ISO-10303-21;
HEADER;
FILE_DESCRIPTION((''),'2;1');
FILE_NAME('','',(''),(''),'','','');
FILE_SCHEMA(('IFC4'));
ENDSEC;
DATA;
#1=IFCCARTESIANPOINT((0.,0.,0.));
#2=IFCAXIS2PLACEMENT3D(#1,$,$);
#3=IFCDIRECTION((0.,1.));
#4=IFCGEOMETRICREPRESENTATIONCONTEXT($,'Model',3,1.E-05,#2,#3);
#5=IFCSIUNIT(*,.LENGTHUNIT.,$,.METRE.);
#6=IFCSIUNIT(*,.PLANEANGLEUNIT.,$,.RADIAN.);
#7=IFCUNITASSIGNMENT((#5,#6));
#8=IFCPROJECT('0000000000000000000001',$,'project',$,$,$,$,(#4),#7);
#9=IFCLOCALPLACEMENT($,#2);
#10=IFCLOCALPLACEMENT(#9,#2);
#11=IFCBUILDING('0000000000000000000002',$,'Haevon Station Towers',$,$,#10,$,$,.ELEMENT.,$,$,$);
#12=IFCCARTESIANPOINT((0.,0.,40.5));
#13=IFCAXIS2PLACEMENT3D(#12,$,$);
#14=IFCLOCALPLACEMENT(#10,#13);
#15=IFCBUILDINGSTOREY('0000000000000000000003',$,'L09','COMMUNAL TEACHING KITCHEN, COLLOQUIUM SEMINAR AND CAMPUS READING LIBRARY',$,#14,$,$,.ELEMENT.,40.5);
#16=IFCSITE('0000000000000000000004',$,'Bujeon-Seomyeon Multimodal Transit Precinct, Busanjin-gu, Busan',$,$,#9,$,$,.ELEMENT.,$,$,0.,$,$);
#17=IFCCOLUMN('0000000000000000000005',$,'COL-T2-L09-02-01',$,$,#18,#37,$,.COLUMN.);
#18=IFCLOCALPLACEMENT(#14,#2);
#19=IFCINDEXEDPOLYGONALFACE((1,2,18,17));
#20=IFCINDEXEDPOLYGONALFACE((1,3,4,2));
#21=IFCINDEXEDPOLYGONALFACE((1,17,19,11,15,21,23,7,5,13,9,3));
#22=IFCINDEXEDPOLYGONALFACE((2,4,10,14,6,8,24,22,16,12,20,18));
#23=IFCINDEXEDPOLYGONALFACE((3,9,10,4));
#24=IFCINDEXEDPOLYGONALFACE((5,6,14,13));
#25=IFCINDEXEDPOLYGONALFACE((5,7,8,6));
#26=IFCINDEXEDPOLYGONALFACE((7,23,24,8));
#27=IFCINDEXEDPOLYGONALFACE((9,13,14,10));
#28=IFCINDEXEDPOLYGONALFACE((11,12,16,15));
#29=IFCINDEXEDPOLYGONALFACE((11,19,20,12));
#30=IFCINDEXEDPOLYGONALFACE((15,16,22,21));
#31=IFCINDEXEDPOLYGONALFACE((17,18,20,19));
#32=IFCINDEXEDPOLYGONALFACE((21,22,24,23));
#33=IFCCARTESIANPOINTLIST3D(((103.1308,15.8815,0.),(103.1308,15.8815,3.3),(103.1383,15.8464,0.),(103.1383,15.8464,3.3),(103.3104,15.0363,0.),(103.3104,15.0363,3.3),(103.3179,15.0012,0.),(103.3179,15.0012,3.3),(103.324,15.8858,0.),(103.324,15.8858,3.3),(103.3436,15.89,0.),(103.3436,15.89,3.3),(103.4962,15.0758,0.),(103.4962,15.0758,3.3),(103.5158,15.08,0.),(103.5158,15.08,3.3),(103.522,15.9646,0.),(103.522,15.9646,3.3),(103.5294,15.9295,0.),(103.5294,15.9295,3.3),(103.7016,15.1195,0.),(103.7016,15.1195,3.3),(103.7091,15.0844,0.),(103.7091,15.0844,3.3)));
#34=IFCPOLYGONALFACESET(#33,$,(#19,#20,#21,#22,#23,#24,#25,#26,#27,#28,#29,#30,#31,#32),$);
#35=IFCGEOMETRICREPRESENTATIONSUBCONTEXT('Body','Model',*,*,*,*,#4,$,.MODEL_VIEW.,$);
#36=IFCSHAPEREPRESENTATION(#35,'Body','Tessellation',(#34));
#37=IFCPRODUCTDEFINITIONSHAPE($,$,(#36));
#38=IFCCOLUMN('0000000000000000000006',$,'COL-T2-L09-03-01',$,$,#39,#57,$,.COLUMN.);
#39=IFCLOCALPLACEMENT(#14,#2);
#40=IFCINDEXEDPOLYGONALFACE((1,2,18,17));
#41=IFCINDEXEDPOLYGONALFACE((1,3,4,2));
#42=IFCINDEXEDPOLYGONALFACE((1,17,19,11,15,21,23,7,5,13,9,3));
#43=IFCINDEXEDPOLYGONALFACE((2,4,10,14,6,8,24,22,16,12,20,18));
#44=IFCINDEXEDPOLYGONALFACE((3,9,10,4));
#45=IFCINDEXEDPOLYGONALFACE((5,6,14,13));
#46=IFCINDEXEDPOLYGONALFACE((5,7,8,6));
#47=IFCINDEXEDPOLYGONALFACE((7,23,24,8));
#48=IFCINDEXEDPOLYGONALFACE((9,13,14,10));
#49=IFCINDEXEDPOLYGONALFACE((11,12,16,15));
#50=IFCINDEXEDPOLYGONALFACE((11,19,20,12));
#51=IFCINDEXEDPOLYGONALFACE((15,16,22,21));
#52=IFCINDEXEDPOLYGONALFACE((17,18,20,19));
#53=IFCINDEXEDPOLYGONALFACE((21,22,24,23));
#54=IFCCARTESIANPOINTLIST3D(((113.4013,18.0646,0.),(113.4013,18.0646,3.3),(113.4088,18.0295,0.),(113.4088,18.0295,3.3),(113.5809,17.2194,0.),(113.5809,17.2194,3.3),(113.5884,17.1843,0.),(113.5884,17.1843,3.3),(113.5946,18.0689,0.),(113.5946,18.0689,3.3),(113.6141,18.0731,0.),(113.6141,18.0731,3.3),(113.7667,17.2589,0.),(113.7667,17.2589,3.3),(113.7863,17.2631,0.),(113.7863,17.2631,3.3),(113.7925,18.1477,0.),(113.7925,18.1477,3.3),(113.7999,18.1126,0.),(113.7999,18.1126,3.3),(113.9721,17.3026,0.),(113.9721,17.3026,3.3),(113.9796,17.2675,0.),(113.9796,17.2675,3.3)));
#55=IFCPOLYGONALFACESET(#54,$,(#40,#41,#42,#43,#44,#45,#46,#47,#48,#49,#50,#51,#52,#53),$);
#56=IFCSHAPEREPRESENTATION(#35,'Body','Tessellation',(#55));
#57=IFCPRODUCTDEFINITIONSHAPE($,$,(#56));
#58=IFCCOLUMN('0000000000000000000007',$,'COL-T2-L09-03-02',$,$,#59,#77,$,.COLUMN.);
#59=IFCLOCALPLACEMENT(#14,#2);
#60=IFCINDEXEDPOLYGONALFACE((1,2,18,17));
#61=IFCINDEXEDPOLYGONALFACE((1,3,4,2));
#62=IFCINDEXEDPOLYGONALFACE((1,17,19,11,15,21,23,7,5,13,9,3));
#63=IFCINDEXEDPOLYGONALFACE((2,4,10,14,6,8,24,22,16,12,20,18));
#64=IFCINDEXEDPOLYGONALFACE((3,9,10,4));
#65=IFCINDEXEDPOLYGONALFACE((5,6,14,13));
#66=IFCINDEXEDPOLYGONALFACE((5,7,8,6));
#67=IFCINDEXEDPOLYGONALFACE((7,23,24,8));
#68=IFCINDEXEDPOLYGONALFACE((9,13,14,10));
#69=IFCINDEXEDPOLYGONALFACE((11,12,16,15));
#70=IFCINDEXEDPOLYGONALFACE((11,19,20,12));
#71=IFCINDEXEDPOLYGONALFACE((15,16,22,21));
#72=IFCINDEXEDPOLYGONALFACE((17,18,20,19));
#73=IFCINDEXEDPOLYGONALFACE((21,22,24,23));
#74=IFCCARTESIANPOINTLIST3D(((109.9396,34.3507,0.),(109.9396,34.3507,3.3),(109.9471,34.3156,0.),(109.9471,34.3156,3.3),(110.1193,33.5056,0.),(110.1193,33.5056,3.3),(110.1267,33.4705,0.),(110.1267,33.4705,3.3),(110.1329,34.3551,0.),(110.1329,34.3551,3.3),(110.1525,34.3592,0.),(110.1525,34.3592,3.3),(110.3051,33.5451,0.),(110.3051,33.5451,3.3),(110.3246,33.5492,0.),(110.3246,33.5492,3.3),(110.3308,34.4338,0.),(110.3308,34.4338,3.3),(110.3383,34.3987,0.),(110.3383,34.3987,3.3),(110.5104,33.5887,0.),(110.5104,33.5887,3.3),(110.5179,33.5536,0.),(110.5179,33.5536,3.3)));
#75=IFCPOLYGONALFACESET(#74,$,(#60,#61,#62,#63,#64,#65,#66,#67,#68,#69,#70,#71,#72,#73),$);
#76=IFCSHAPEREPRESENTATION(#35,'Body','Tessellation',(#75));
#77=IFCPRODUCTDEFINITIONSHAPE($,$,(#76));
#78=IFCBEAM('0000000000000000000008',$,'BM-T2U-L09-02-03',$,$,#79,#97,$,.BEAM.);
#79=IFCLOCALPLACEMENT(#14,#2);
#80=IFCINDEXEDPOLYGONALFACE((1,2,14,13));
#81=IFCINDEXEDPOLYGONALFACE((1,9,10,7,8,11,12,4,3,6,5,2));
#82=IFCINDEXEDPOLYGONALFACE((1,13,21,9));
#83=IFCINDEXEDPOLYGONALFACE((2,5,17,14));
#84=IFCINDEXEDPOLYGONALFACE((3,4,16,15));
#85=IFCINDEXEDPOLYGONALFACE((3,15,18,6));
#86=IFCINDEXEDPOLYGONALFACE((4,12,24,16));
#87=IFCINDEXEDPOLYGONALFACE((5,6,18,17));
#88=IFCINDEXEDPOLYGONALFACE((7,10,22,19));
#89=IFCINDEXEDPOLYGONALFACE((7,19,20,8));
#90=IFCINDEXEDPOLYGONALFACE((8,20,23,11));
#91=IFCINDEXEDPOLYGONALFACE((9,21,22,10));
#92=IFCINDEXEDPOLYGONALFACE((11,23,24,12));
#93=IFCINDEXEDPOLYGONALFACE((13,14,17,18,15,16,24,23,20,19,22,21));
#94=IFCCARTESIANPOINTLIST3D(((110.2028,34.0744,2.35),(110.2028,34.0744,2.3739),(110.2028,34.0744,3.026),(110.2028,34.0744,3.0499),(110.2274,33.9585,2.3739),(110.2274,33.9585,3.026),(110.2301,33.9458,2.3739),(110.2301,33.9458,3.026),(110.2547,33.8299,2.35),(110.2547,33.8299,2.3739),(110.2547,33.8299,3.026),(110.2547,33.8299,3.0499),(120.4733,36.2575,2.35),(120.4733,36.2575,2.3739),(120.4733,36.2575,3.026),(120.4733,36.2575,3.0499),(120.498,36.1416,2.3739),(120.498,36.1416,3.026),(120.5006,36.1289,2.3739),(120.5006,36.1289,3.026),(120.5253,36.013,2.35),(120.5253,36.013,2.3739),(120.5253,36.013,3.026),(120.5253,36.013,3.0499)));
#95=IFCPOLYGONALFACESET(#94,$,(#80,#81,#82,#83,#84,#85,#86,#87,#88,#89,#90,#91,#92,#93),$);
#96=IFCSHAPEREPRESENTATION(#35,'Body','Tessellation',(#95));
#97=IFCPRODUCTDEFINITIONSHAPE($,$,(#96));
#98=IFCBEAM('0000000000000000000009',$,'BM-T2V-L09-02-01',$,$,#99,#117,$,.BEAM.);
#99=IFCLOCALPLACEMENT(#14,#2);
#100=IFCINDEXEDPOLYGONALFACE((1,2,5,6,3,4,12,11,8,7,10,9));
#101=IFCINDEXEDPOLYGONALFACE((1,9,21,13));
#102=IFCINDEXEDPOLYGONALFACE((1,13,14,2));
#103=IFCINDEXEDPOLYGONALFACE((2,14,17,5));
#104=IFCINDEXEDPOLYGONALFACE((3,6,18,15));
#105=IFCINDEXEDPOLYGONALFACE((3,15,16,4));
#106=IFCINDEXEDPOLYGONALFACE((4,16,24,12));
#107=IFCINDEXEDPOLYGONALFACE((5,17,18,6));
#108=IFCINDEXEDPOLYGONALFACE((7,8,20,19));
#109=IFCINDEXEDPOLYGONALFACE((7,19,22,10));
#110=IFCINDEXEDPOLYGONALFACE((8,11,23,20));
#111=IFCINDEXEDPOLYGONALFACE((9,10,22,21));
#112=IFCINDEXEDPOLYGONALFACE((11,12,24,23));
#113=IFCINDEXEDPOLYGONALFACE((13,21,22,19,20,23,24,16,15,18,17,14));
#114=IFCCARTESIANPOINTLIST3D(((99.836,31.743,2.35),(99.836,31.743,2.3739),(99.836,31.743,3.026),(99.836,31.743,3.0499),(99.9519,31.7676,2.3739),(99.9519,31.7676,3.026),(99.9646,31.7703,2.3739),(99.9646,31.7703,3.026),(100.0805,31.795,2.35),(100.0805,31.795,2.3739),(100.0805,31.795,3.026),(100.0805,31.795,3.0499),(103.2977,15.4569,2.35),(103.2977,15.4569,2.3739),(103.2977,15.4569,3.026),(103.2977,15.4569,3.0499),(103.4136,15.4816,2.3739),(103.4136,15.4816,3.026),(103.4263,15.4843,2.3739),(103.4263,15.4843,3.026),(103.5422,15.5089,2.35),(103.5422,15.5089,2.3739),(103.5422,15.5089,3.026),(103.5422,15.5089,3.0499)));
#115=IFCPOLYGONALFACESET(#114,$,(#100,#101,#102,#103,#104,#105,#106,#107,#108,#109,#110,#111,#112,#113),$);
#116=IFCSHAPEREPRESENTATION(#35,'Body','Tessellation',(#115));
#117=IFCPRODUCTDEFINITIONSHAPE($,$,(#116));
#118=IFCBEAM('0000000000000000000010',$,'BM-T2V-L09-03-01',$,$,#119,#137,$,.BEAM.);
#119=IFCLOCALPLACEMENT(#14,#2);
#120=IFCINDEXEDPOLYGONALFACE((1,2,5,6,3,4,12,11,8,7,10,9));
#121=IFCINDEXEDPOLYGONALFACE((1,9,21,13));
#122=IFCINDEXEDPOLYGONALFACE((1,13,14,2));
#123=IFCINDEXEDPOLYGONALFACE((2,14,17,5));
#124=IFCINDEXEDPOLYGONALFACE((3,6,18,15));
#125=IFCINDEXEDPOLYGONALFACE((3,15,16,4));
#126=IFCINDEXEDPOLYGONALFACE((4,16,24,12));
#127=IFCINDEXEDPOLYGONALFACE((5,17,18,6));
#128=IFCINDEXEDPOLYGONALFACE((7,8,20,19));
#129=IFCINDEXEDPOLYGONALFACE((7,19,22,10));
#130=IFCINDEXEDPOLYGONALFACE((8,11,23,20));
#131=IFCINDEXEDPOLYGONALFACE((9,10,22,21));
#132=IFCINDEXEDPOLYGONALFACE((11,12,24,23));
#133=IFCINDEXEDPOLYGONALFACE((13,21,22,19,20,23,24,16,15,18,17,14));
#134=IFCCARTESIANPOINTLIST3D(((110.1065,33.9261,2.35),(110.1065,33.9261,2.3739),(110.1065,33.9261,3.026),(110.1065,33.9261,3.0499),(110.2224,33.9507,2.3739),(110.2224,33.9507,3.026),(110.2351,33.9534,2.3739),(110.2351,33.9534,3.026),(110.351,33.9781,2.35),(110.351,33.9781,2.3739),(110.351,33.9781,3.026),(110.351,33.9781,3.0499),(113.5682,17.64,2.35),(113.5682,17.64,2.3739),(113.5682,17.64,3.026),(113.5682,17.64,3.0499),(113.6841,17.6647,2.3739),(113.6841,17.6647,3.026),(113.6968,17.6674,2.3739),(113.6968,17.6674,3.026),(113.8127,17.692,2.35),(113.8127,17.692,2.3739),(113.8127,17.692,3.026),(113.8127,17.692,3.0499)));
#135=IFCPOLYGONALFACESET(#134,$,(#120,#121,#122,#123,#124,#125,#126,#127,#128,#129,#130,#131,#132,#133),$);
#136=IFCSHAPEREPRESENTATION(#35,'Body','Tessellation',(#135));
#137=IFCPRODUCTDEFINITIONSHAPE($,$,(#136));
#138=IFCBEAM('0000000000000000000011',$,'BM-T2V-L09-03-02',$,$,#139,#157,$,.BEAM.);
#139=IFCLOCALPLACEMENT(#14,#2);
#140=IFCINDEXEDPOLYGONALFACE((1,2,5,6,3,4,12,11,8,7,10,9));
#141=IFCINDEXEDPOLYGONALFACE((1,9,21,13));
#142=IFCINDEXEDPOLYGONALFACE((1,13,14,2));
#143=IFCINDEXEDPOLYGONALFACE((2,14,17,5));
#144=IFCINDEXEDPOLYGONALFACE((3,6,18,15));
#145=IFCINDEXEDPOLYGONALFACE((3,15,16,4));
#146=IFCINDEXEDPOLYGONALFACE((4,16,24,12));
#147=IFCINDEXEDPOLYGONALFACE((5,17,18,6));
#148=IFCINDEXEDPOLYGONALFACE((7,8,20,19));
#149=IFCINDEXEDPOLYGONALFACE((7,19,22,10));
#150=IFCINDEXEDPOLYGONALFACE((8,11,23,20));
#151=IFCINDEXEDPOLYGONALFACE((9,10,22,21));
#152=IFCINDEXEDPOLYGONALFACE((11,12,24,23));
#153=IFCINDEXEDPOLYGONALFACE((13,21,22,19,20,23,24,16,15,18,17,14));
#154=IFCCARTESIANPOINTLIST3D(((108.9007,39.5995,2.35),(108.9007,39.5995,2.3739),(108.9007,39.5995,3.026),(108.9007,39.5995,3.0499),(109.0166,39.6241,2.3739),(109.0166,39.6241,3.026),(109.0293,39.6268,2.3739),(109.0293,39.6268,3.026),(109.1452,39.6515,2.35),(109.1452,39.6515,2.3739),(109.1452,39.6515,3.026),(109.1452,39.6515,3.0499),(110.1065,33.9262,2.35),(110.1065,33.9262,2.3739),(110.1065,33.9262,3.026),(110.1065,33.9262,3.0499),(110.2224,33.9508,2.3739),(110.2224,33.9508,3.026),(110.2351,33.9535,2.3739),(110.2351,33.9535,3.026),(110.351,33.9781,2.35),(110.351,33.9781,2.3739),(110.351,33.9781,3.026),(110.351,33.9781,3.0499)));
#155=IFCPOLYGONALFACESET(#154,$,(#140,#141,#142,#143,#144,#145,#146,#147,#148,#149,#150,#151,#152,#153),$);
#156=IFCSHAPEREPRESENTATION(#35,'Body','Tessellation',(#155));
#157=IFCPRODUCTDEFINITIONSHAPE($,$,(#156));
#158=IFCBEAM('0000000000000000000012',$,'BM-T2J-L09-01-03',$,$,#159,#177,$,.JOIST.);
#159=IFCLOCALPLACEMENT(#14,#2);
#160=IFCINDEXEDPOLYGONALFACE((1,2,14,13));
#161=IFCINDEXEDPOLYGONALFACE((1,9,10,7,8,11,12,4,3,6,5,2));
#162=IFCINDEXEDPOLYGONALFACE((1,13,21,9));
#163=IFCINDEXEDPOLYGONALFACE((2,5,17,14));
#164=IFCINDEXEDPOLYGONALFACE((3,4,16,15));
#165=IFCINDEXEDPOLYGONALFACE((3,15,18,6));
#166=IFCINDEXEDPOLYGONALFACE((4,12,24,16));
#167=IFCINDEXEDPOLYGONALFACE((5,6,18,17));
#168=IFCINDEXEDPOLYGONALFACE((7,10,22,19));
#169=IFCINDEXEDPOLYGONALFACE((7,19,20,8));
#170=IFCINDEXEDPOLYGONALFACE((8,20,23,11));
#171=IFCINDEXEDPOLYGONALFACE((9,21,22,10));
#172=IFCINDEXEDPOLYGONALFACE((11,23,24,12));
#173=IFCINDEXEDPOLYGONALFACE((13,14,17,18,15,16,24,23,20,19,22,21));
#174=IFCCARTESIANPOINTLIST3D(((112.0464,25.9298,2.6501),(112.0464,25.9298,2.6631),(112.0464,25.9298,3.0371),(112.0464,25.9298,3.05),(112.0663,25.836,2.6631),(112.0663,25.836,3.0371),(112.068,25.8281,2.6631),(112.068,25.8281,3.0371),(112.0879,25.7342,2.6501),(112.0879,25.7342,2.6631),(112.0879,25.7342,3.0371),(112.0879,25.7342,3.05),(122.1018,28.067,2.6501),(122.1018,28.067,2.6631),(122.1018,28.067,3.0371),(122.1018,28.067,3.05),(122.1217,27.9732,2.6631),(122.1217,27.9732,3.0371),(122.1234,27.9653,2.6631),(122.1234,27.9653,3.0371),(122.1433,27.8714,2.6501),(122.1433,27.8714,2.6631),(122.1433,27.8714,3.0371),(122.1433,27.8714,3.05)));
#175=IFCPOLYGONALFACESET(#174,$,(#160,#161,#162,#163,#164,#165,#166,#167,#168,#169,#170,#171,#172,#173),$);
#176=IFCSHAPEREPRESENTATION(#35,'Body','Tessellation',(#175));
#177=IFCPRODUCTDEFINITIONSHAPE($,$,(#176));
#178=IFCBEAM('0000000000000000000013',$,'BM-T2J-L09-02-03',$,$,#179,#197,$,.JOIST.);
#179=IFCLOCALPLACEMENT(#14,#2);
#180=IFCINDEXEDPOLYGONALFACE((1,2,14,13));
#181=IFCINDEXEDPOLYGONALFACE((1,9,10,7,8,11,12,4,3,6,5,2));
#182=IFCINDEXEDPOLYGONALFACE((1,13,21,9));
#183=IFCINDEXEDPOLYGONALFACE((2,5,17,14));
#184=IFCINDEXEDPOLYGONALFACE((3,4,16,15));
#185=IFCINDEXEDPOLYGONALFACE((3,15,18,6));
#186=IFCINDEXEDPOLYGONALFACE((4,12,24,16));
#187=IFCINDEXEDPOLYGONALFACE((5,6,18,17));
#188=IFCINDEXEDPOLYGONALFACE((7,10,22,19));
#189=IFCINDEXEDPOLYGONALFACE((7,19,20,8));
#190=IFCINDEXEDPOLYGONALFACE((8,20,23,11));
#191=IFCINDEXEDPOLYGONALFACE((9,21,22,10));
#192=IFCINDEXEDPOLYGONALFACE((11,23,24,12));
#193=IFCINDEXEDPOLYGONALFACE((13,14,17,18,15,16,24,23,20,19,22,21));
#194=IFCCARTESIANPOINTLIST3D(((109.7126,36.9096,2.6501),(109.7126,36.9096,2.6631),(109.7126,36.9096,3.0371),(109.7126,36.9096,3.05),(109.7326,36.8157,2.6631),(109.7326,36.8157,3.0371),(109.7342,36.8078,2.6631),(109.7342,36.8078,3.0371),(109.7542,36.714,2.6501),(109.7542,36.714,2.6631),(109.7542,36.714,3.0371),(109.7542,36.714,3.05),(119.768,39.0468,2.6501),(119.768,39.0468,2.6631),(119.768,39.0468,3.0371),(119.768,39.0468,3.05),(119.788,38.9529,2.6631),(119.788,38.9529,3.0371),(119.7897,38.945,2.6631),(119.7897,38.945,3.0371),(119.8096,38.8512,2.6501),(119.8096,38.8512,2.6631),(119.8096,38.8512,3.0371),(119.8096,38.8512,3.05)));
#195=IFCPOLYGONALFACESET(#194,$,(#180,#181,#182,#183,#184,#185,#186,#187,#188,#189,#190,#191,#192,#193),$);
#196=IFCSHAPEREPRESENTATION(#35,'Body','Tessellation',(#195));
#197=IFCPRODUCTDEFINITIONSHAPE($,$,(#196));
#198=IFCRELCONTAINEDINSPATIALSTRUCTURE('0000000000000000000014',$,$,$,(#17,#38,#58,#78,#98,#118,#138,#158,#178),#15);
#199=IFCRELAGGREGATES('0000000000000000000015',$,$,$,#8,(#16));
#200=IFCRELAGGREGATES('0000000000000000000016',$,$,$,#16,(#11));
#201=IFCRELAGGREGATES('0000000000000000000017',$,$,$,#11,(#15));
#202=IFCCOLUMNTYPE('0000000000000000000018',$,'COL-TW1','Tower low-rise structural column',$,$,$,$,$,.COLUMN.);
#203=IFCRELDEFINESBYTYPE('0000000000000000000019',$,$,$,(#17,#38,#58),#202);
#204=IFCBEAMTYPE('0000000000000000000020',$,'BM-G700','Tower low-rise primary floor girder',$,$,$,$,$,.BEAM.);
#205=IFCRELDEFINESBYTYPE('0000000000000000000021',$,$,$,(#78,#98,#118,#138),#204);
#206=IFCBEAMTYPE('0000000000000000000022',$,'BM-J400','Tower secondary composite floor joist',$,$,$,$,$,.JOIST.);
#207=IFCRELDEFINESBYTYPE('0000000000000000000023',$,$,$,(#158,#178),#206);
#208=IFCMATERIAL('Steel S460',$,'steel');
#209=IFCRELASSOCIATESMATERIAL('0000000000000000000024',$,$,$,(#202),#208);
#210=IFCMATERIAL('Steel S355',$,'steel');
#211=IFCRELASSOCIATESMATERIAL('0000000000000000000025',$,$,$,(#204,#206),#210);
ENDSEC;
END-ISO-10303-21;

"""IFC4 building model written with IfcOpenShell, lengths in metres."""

from ifc_helpers import new_model, si_unit, direction, frame, origin, origin_2d, place, context, subcontext, project, spatial, i_section, extrude, material, material_profile, profile_set, type_object, element, save


model = new_model("IFC4")

# Units and contexts
model_context = context("Model", 3, precision=1e-05, world=origin(), true_north=direction((0.0, 1.0)))
body_context = subcontext(model_context, "Body", "Model", "MODEL_VIEW")
ifc_project = project(units=[si_unit("LENGTHUNIT", "METRE"), si_unit("PLANEANGLEUNIT", "RADIAN")], contexts=[model_context])

# Site, building, storey
site_placement = place(None, origin())
site = spatial("IfcSite", under=ifc_project, at=site_placement, Name="Bujeon-Seomyeon Multimodal Transit Precinct, Busanjin-gu, Busan", CompositionType="ELEMENT", RefElevation=0.0)
building_placement = place(site_placement, origin())
building = spatial("IfcBuilding", under=site, at=building_placement, Name="Haevon Station Towers", CompositionType="ELEMENT")
storey_placement = place(building_placement, frame((0.0, 0.0, 40.5)))
storey = spatial("IfcBuildingStorey", under=building, at=storey_placement, Name="L09", Description="COMMUNAL TEACHING KITCHEN, COLLOQUIUM SEMINAR AND CAMPUS READING LIBRARY", CompositionType="ELEMENT", Elevation=40.5)

# Columns
ifc_material_1 = material(Name="Steel S460", Category="steel")
ifc_material_profile_1 = material_profile(ifc_material_1, i_section(OverallWidth=0.3999, OverallDepth=0.8999, WebThickness=0.02, FlangeThickness=0.0359, at=origin_2d()), Name="H-900x400x20x36")
ifc_profile_set_1 = profile_set([ifc_material_profile_1], Name="Steel S460")
column_type = type_object("IfcColumnType", Name="COL-TW1", Description="Tower low-rise structural column", PredefinedType="COLUMN", material=ifc_profile_set_1)
for number, where, z_axis, x_axis, name in (
    (1, (103.4199, 15.4829, 0.0), (0.0, 0.0, 1.0), (0.978148, 0.207912, 0.0), "COL-T2-L09-02-01"),
    (2, (113.6904, 17.666, 0.0), (0.0, 0.0, 1.0), (0.978148, 0.207912, 0.0), "COL-T2-L09-03-01"),
    (3, (110.2288, 33.9521, 0.0), (0.0, 0.0, 1.0), (0.978148, 0.207912, 0.0), "COL-T2-L09-03-02"),
):
    element("IfcColumn", number, at=place(storey_placement, frame(where, z_axis=z_axis, x_axis=x_axis)), inside=storey, type_object=column_type, Name=name, PredefinedType="COLUMN", context=body_context, shape_type="SweptSolid", body=[
        extrude(i_section(OverallWidth=0.3999, OverallDepth=0.8999, WebThickness=0.02, FlangeThickness=0.0359, at=origin_2d()), origin(), (0.0, 0.0, 1.0), 3.3),
    ])

# Beams
ifc_material_2 = material(Name="Steel S355", Category="steel")
ifc_material_profile_2 = material_profile(ifc_material_2, i_section(OverallWidth=0.25, OverallDepth=0.7, WebThickness=0.0129, FlangeThickness=0.0239, at=origin_2d()), Name="H-700x250x13x24")
ifc_profile_set_2 = profile_set([ifc_material_profile_2], Name="Steel S355")
beam_type_1 = type_object("IfcBeamType", Name="BM-G700", Description="Tower low-rise primary floor girder", PredefinedType="BEAM", material=ifc_profile_set_2)
beam_1_placement = place(storey_placement, frame((110.2288, 33.9521, 2.7), z_axis=(0.978147, 0.207915, 0.0), x_axis=(-0.207915, 0.978147, 0.0)))
element("IfcBeam", 4, at=beam_1_placement, inside=storey, type_object=beam_type_1, Name="BM-T2U-L09-02-03", PredefinedType="BEAM", context=body_context, shape_type="SweptSolid", body=[
    extrude(i_section(OverallWidth=0.25, OverallDepth=0.7, WebThickness=0.0129, FlangeThickness=0.0239, at=origin_2d()), origin(), (0.0, 0.0, 1.0), 10.5),
])
for number, where, z_axis, x_axis, name in (
    (5, (103.4199, 15.4829, 2.7), (-0.207909, 0.978148, 0.0), (-0.978148, -0.207909, 0.0), "BM-T2V-L09-02-01"),
    (6, (113.6904, 17.666, 2.7), (-0.207909, 0.978148, 0.0), (-0.978148, -0.207909, 0.0), "BM-T2V-L09-03-01"),
):
    element("IfcBeam", number, at=place(storey_placement, frame(where, z_axis=z_axis, x_axis=x_axis)), inside=storey, type_object=beam_type_1, Name=name, PredefinedType="BEAM", context=body_context, shape_type="SweptSolid", body=[
        extrude(i_section(OverallWidth=0.25, OverallDepth=0.7, WebThickness=0.0129, FlangeThickness=0.0239, at=origin_2d()), origin(), (0.0, 0.0, 1.0), 16.6499),
    ])
beam_2_placement = place(storey_placement, frame((110.2288, 33.9521, 2.7), z_axis=(-0.207896, 0.978151, 0.0), x_axis=(-0.978151, -0.207896, 0.0)))
element("IfcBeam", 7, at=beam_2_placement, inside=storey, type_object=beam_type_1, Name="BM-T2V-L09-03-02", PredefinedType="BEAM", context=body_context, shape_type="SweptSolid", body=[
    extrude(i_section(OverallWidth=0.25, OverallDepth=0.7, WebThickness=0.0129, FlangeThickness=0.0239, at=origin_2d()), origin(), (0.0, 0.0, 1.0), 5.8),
])
ifc_material_profile_3 = material_profile(ifc_material_2, i_section(OverallWidth=0.2, OverallDepth=0.3999, WebThickness=0.0081, FlangeThickness=0.0129, at=origin_2d()), Name="H-400x200x8x13")
ifc_profile_set_3 = profile_set([ifc_material_profile_3], Name="Steel S355")
beam_type_2 = type_object("IfcBeamType", Name="BM-J400", Description="Tower secondary composite floor joist", PredefinedType="JOIST", material=ifc_profile_set_3)
for number, where, z_axis, x_axis, name in (
    (8, (112.0671, 25.832, 2.8501), (0.97815, 0.207899, 0.0), (-0.207899, 0.97815, 0.0), "BM-T2J-L09-01-03"),
    (9, (109.7334, 36.8118, 2.8501), (0.97815, 0.207899, 0.0), (-0.207899, 0.97815, 0.0), "BM-T2J-L09-02-03"),
):
    element("IfcBeam", number, at=place(storey_placement, frame(where, z_axis=z_axis, x_axis=x_axis)), inside=storey, type_object=beam_type_2, Name=name, PredefinedType="JOIST", context=body_context, shape_type="SweptSolid", body=[
        extrude(i_section(OverallWidth=0.2, OverallDepth=0.3999, WebThickness=0.0081, FlangeThickness=0.0129, at=origin_2d()), origin(), (0.0, 0.0, 1.0), 10.28),
    ])

save(model, "model.ifc")
